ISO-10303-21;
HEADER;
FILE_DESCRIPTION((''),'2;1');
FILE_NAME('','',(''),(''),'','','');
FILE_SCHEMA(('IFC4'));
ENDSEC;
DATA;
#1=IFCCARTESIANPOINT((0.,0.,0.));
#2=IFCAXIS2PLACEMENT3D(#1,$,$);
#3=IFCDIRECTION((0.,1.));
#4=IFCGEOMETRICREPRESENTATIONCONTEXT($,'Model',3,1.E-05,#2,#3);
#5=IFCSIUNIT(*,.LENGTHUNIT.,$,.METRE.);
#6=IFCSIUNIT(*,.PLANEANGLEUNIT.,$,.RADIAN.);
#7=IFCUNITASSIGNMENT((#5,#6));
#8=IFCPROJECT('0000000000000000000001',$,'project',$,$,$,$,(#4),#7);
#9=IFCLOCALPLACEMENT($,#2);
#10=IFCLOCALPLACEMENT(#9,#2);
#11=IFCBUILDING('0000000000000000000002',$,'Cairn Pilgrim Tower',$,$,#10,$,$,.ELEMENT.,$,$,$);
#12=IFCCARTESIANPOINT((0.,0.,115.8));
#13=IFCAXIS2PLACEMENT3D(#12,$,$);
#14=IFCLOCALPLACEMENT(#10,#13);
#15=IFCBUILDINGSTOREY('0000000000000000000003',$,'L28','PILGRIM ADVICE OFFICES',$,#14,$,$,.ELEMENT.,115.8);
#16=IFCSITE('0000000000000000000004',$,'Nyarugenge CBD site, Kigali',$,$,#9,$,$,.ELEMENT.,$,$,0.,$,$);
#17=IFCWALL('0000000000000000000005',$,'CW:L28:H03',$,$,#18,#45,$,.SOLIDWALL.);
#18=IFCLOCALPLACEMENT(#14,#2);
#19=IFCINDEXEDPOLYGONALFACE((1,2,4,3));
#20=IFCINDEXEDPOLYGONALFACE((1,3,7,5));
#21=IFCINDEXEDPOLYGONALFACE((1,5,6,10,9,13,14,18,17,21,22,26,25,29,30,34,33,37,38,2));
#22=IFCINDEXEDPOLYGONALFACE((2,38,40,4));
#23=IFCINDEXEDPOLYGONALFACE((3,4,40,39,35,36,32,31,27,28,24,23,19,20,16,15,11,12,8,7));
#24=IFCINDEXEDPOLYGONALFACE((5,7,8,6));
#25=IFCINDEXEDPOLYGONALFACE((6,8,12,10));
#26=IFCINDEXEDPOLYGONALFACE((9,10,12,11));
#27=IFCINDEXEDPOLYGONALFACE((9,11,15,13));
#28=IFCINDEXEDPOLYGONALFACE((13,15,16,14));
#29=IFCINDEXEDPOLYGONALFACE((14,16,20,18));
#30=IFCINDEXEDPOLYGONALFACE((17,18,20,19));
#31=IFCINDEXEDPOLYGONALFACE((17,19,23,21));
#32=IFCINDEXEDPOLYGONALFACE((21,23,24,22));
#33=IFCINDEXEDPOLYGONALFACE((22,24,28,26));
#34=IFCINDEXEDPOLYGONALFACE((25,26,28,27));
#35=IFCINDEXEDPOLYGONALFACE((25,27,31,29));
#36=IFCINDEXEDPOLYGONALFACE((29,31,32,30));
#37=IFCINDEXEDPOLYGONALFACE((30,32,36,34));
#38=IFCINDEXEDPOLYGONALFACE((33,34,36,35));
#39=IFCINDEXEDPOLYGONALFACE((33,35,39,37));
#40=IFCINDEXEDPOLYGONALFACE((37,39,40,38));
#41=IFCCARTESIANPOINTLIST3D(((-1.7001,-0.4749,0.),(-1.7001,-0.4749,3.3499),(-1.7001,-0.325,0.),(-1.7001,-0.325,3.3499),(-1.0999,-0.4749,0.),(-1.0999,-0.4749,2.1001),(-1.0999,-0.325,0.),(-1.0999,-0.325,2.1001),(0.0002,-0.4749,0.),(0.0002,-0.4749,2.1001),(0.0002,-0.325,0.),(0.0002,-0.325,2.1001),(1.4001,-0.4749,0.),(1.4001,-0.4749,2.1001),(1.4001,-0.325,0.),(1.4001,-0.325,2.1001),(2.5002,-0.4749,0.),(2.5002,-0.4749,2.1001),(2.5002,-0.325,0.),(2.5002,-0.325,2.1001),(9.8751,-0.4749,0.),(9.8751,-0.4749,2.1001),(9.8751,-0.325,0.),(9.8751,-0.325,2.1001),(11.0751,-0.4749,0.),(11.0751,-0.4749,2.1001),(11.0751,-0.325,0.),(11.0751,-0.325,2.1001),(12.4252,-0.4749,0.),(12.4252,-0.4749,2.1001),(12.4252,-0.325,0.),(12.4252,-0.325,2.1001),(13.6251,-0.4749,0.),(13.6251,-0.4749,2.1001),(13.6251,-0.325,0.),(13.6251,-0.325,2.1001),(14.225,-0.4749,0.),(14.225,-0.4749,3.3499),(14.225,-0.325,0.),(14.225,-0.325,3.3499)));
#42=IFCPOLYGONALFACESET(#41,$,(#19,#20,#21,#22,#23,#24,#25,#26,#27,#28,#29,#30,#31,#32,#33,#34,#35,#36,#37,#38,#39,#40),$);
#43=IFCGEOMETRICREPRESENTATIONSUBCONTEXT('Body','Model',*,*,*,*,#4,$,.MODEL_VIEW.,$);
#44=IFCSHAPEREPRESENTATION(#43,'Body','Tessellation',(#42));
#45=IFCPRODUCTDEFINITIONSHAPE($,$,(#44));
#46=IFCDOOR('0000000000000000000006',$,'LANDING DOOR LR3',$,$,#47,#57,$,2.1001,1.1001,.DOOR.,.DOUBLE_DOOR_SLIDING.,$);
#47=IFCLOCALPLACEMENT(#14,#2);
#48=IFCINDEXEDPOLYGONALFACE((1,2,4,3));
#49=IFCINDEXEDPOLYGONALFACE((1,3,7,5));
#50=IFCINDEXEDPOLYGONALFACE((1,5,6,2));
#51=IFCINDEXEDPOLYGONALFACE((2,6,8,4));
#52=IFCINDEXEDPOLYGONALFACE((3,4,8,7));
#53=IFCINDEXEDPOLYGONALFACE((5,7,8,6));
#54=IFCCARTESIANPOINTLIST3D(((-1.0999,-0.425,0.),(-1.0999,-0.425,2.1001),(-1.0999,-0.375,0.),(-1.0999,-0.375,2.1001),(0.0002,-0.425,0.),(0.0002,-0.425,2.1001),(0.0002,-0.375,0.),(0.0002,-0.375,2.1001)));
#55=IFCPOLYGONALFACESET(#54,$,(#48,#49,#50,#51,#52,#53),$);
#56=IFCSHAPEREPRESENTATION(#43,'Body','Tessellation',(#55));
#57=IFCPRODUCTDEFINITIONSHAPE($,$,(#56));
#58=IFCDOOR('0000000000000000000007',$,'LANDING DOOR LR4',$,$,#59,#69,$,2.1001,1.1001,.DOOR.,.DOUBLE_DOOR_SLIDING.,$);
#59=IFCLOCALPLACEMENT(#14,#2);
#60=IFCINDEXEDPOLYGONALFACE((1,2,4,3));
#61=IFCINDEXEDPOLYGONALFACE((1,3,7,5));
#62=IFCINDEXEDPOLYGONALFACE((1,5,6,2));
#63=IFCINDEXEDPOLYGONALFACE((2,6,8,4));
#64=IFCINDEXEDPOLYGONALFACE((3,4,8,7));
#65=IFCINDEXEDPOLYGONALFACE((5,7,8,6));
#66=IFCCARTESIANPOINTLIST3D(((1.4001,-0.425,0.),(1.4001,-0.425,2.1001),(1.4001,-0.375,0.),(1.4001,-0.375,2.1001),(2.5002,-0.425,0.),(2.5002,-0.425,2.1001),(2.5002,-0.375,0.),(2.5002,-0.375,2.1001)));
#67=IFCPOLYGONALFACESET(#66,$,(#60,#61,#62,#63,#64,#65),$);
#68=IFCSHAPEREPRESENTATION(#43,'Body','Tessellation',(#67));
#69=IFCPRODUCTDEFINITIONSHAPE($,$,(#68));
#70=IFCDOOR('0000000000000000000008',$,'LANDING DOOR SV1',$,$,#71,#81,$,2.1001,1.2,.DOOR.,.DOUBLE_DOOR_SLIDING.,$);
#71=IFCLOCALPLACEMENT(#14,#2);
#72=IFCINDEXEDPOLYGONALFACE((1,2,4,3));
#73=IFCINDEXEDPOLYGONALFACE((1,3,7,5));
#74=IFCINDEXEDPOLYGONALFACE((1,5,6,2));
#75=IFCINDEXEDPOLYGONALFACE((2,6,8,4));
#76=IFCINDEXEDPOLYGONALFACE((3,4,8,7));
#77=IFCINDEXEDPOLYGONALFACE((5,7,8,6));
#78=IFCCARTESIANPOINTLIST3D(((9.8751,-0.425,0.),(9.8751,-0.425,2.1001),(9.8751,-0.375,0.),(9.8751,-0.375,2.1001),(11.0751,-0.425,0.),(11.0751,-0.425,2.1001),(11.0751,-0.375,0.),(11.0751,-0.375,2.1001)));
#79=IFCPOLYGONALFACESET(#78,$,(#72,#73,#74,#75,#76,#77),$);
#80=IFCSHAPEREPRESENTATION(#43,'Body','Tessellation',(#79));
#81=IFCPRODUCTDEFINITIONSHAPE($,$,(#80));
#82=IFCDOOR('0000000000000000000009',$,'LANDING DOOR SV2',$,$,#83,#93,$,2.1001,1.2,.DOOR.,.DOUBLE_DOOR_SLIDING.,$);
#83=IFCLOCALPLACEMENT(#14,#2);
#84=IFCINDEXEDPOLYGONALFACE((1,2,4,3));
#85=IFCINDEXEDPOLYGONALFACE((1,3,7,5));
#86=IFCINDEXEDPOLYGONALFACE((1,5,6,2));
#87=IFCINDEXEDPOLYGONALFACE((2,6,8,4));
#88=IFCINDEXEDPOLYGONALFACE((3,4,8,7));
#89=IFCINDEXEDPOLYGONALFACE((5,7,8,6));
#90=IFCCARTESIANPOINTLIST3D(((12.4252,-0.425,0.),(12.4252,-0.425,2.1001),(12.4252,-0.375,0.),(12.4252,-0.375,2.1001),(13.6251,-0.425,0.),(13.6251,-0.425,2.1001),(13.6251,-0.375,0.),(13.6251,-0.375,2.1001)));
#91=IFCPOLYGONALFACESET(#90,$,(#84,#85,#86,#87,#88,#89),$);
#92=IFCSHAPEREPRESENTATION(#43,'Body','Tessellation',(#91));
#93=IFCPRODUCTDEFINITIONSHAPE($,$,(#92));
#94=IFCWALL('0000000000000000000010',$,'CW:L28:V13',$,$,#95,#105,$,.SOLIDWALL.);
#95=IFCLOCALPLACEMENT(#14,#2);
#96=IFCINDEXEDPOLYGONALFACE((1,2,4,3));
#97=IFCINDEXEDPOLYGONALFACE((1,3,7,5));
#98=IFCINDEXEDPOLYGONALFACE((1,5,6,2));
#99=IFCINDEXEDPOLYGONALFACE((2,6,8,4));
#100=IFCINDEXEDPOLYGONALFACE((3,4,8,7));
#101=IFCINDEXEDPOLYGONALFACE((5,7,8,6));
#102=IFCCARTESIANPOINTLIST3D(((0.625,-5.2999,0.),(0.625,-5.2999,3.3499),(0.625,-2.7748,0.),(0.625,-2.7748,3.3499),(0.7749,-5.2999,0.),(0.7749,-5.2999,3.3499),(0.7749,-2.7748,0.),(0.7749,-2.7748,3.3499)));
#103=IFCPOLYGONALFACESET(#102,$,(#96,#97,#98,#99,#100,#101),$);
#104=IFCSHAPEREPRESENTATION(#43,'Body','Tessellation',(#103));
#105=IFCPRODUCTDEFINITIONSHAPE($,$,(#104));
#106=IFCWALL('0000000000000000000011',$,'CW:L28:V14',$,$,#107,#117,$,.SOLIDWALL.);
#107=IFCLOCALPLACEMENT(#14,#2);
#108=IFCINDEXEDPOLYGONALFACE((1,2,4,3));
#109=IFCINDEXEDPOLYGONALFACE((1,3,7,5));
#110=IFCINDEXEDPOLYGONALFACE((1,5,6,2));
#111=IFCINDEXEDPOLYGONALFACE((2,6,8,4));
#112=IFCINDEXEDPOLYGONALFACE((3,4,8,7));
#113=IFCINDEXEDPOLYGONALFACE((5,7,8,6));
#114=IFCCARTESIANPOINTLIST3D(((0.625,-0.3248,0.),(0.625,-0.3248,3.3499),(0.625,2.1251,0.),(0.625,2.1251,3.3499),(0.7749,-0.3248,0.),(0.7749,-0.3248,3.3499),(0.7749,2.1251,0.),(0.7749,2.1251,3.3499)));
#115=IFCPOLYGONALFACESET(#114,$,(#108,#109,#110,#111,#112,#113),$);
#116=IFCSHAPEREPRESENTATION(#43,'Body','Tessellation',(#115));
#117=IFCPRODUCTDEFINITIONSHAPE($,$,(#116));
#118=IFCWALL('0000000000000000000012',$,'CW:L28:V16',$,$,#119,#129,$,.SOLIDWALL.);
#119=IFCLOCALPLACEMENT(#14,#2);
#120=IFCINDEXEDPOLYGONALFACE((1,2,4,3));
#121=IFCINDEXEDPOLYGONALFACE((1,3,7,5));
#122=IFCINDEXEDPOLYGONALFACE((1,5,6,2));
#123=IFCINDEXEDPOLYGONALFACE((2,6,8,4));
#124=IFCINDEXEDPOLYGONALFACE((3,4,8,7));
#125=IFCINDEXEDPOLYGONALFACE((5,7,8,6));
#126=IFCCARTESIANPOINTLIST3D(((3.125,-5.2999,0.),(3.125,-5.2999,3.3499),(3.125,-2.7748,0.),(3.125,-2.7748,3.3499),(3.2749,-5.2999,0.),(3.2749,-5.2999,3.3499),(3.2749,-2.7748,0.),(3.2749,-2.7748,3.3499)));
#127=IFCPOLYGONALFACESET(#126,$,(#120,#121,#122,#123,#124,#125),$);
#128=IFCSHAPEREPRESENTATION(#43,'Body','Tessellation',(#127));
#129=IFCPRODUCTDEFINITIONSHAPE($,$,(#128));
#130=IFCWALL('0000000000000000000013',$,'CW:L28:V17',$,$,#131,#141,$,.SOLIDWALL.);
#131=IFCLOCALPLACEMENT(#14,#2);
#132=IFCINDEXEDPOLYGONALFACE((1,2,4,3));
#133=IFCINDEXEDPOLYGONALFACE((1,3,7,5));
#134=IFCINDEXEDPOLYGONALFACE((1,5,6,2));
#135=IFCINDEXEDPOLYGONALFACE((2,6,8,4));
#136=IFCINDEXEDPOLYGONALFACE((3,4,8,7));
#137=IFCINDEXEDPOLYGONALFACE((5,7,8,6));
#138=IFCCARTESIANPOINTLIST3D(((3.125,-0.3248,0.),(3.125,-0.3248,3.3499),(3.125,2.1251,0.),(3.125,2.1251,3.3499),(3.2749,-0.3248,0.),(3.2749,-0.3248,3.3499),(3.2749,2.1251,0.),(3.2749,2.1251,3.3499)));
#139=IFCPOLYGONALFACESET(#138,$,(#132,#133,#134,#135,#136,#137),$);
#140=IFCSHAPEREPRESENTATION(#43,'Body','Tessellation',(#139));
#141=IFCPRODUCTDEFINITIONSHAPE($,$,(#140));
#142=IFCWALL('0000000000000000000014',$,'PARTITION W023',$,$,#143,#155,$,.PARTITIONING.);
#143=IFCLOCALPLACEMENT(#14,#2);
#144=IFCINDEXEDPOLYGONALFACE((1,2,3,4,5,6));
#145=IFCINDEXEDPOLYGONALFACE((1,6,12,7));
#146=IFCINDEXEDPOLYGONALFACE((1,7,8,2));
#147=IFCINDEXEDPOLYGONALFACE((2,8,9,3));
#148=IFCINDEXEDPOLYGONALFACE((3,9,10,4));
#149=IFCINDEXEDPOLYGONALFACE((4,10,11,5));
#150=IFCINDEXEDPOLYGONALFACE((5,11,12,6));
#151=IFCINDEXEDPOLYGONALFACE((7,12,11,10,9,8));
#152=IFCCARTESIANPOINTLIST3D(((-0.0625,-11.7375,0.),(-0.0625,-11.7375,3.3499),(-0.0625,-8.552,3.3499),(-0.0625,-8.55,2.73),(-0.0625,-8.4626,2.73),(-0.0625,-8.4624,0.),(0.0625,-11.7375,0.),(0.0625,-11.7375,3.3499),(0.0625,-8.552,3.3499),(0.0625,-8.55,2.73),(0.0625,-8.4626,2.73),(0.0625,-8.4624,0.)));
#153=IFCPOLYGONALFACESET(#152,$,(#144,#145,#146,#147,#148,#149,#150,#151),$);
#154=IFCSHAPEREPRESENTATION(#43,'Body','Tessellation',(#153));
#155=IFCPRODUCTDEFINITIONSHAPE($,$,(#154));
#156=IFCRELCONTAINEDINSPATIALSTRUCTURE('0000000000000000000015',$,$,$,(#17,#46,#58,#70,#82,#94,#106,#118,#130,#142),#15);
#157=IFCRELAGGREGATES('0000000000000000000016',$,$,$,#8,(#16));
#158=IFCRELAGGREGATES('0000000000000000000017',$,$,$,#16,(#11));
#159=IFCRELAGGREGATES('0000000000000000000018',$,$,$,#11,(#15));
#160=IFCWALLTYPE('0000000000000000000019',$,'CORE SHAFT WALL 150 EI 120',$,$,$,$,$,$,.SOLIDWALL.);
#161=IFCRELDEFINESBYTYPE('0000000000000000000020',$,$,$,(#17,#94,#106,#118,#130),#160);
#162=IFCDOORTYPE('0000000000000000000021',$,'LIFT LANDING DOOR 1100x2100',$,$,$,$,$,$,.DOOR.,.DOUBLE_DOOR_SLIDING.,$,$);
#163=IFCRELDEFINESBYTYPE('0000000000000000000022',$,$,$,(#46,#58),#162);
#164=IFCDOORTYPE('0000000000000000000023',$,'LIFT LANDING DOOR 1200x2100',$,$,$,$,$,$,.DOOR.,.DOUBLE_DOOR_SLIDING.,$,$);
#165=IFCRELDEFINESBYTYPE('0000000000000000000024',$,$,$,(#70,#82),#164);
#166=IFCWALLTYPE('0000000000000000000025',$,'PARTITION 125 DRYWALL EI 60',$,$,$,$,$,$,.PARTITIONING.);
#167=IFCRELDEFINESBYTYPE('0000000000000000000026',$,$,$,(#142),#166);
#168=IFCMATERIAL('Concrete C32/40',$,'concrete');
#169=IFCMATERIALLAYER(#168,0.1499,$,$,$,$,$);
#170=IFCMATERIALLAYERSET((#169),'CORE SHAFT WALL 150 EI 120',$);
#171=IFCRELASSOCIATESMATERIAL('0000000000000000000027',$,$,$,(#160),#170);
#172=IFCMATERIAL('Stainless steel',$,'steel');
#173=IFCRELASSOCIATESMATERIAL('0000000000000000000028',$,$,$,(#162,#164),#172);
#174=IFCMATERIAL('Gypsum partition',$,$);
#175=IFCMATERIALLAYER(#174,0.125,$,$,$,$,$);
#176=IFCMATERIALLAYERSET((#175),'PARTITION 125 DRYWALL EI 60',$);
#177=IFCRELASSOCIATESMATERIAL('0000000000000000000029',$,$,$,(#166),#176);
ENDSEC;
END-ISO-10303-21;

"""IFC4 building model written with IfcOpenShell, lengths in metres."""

from ifc_helpers import new_model, si_unit, direction, frame, frame_2d, origin, place, context, subcontext, project, spatial, polyline, rectangle, outline, extrude, material, layer, layer_set, type_object, element, fill, save


model = new_model("IFC4")

# Units and contexts
model_context = context("Model", 3, precision=1e-05, world=origin(), true_north=direction((0.0, 1.0)))
body_context = subcontext(model_context, "Body", "Model", "MODEL_VIEW")
ifc_project = project(units=[si_unit("LENGTHUNIT", "METRE"), si_unit("PLANEANGLEUNIT", "RADIAN")], contexts=[model_context])

# Site, building, storey
site_placement = place(None, origin())
site = spatial("IfcSite", under=ifc_project, at=site_placement, Name="Nyarugenge CBD site, Kigali", CompositionType="ELEMENT", RefElevation=0.0)
building_placement = place(site_placement, origin())
building = spatial("IfcBuilding", under=site, at=building_placement, Name="Cairn Pilgrim Tower", CompositionType="ELEMENT")
storey_placement = place(building_placement, frame((0.0, 0.0, 115.8)))
storey = spatial("IfcBuildingStorey", under=building, at=storey_placement, Name="L28", Description="PILGRIM ADVICE OFFICES", CompositionType="ELEMENT", Elevation=115.8)

# Shared definitions
ifc_material_1 = material(Name="Concrete C32/40", Category="concrete")

# Wall, openings, doors
ifc_layer_1 = layer(ifc_material_1, 0.1499)
ifc_layer_set_1 = layer_set([ifc_layer_1], Name="CORE SHAFT WALL 150 EI 120")
wall_type_1 = type_object("IfcWallType", Name="CORE SHAFT WALL 150 EI 120", PredefinedType="SOLIDWALL", material=ifc_layer_set_1)
ifc_material_2 = material(Name="Stainless steel", Category="steel")
door_type_1 = type_object("IfcDoorType", Name="LIFT LANDING DOOR 1100x2100", OperationType="DOUBLE_DOOR_SLIDING", PredefinedType="DOOR", material=ifc_material_2)
wall_1_placement = place(storey_placement, frame((-1.7, -0.3999, 0.0), z_axis=(0.0, 0.0, 1.0), x_axis=(1.0, 0.0, 0.0)))
wall_1 = element("IfcWall", 1, at=wall_1_placement, inside=storey, type_object=wall_type_1, Name="CW:L28:H03", PredefinedType="SOLIDWALL", context=body_context, shape_type="SweptSolid", body=[
    extrude(rectangle(XDim=15.925, YDim=0.1499, at=frame_2d((7.9624, 0.0))), origin(), (0.0, 0.0, 1.0), 3.3499),
])
opening_1_placement = place(wall_1_placement, frame((0.6001, 0.0, 0.0)))
opening_1 = element("IfcOpeningElement", 2, at=opening_1_placement, cuts=wall_1, PredefinedType="OPENING", context=body_context, shape_type="SweptSolid", body=[
    extrude(rectangle(XDim=1.1001, YDim=2.1001, at=frame_2d((0.55, 1.05))), frame((0.0, 0.085, 0.0), z_axis=(0.0, -1.0, 0.0), x_axis=(1.0, 0.0, 0.0)), (0.0, 0.0, 1.0), 0.1699),
])
opening_2_placement = place(wall_1_placement, frame((3.1001, 0.0, 0.0)))
opening_2 = element("IfcOpeningElement", 3, at=opening_2_placement, cuts=wall_1, PredefinedType="OPENING", context=body_context, shape_type="SweptSolid", body=[
    extrude(rectangle(XDim=1.1001, YDim=2.1001, at=frame_2d((0.55, 1.05))), frame((0.0, 0.085, 0.0), z_axis=(0.0, -1.0, 0.0), x_axis=(1.0, 0.0, 0.0)), (0.0, 0.0, 1.0), 0.1699),
])
opening_3_placement = place(wall_1_placement, frame((11.575, 0.0, 0.0)))
opening_3 = element("IfcOpeningElement", 4, at=opening_3_placement, cuts=wall_1, PredefinedType="OPENING", context=body_context, shape_type="SweptSolid", body=[
    extrude(rectangle(XDim=1.2, YDim=2.1001, at=frame_2d((0.6001, 1.05))), frame((0.0, 0.085, 0.0), z_axis=(0.0, -1.0, 0.0), x_axis=(1.0, 0.0, 0.0)), (0.0, 0.0, 1.0), 0.1699),
])
opening_4_placement = place(wall_1_placement, frame((14.125, 0.0, 0.0)))
opening_4 = element("IfcOpeningElement", 5, at=opening_4_placement, cuts=wall_1, PredefinedType="OPENING", context=body_context, shape_type="SweptSolid", body=[
    extrude(rectangle(XDim=1.2, YDim=2.1001, at=frame_2d((0.6001, 1.05))), frame((0.0, 0.085, 0.0), z_axis=(0.0, -1.0, 0.0), x_axis=(1.0, 0.0, 0.0)), (0.0, 0.0, 1.0), 0.1699),
])
door_1_placement = place(opening_1_placement, origin())
door_1 = element("IfcDoor", 6, at=door_1_placement, inside=storey, type_object=door_type_1, Name="LANDING DOOR LR3", OperationType="DOUBLE_DOOR_SLIDING", OverallHeight=2.1001, OverallWidth=1.1001, PredefinedType="DOOR", context=body_context, shape_type="SweptSolid", body=[
    extrude(rectangle(XDim=1.1001, YDim=2.1001, at=frame_2d((0.55, 1.05))), frame((0.0, 0.0249, 0.0), z_axis=(0.0, -1.0, 0.0), x_axis=(1.0, 0.0, 0.0)), (0.0, 0.0, 1.0), 0.05),
])
fill(opening_1, door_1)
door_2_placement = place(opening_2_placement, origin())
door_2 = element("IfcDoor", 7, at=door_2_placement, inside=storey, type_object=door_type_1, Name="LANDING DOOR LR4", OperationType="DOUBLE_DOOR_SLIDING", OverallHeight=2.1001, OverallWidth=1.1001, PredefinedType="DOOR", context=body_context, shape_type="SweptSolid", body=[
    extrude(rectangle(XDim=1.1001, YDim=2.1001, at=frame_2d((0.55, 1.05))), frame((0.0, 0.0249, 0.0), z_axis=(0.0, -1.0, 0.0), x_axis=(1.0, 0.0, 0.0)), (0.0, 0.0, 1.0), 0.05),
])
fill(opening_2, door_2)
door_type_2 = type_object("IfcDoorType", Name="LIFT LANDING DOOR 1200x2100", OperationType="DOUBLE_DOOR_SLIDING", PredefinedType="DOOR", material=ifc_material_2)
door_3_placement = place(opening_3_placement, origin())
door_3 = element("IfcDoor", 8, at=door_3_placement, inside=storey, type_object=door_type_2, Name="LANDING DOOR SV1", OperationType="DOUBLE_DOOR_SLIDING", OverallHeight=2.1001, OverallWidth=1.2, PredefinedType="DOOR", context=body_context, shape_type="SweptSolid", body=[
    extrude(rectangle(XDim=1.2, YDim=2.1001, at=frame_2d((0.6001, 1.05))), frame((0.0, 0.0249, 0.0), z_axis=(0.0, -1.0, 0.0), x_axis=(1.0, 0.0, 0.0)), (0.0, 0.0, 1.0), 0.05),
])
fill(opening_3, door_3)
door_4_placement = place(opening_4_placement, origin())
door_4 = element("IfcDoor", 9, at=door_4_placement, inside=storey, type_object=door_type_2, Name="LANDING DOOR SV2", OperationType="DOUBLE_DOOR_SLIDING", OverallHeight=2.1001, OverallWidth=1.2, PredefinedType="DOOR", context=body_context, shape_type="SweptSolid", body=[
    extrude(rectangle(XDim=1.2, YDim=2.1001, at=frame_2d((0.6001, 1.05))), frame((0.0, 0.0249, 0.0), z_axis=(0.0, -1.0, 0.0), x_axis=(1.0, 0.0, 0.0)), (0.0, 0.0, 1.0), 0.05),
])
fill(opening_4, door_4)

# Walls
wall_2_placement = place(storey_placement, frame((0.7, -5.3, 0.0), z_axis=(0.0, 0.0, 1.0), x_axis=(0.0, 1.0, 0.0)))
element("IfcWall", 10, at=wall_2_placement, inside=storey, type_object=wall_type_1, Name="CW:L28:V13", PredefinedType="SOLIDWALL", context=body_context, shape_type="SweptSolid", body=[
    extrude(rectangle(XDim=2.5251, YDim=0.1499, at=frame_2d((1.2627, 0.0))), origin(), (0.0, 0.0, 1.0), 3.3499),
])
wall_3_placement = place(storey_placement, frame((0.7, -0.325, 0.0), z_axis=(0.0, 0.0, 1.0), x_axis=(0.0, 1.0, 0.0)))
element("IfcWall", 11, at=wall_3_placement, inside=storey, type_object=wall_type_1, Name="CW:L28:V14", PredefinedType="SOLIDWALL", context=body_context, shape_type="SweptSolid", body=[
    extrude(rectangle(XDim=2.45, YDim=0.1499, at=frame_2d((1.2251, 0.0))), origin(), (0.0, 0.0, 1.0), 3.3499),
])
wall_4_placement = place(storey_placement, frame((3.2, -5.3, 0.0), z_axis=(0.0, 0.0, 1.0), x_axis=(0.0, 1.0, 0.0)))
element("IfcWall", 12, at=wall_4_placement, inside=storey, type_object=wall_type_1, Name="CW:L28:V16", PredefinedType="SOLIDWALL", context=body_context, shape_type="SweptSolid", body=[
    extrude(rectangle(XDim=2.5251, YDim=0.1499, at=frame_2d((1.2627, 0.0))), origin(), (0.0, 0.0, 1.0), 3.3499),
])
wall_5_placement = place(storey_placement, frame((3.2, -0.325, 0.0), z_axis=(0.0, 0.0, 1.0), x_axis=(0.0, 1.0, 0.0)))
element("IfcWall", 13, at=wall_5_placement, inside=storey, type_object=wall_type_1, Name="CW:L28:V17", PredefinedType="SOLIDWALL", context=body_context, shape_type="SweptSolid", body=[
    extrude(rectangle(XDim=2.45, YDim=0.1499, at=frame_2d((1.2251, 0.0))), origin(), (0.0, 0.0, 1.0), 3.3499),
])
ifc_material_3 = material(Name="Gypsum partition")
ifc_layer_2 = layer(ifc_material_3, 0.125)
ifc_layer_set_2 = layer_set([ifc_layer_2], Name="PARTITION 125 DRYWALL EI 60")
wall_type_2 = type_object("IfcWallType", Name="PARTITION 125 DRYWALL EI 60", PredefinedType="PARTITIONING", material=ifc_layer_set_2)
wall_6_placement = place(storey_placement, frame((0.0, -11.7375, 0.0), z_axis=(0.0, 0.0, 1.0), x_axis=(0.0, 1.0, 0.0)))
element("IfcWall", 14, at=wall_6_placement, inside=storey, type_object=wall_type_2, Name="PARTITION W023", PredefinedType="PARTITIONING", context=body_context, shape_type="SweptSolid", body=[
    extrude(outline(polyline([(0.0, 0.0), (3.2751, 0.0), (3.2749, 2.73), (3.1875, 2.73), (3.1855, 3.3499), (0.0, 3.3499), (0.0, 0.0)])), frame((0.0, 0.0625, 0.0), z_axis=(0.0, -1.0, 0.0), x_axis=(1.0, 0.0, 0.0)), (0.0, 0.0, 1.0), 0.125),
])

save(model, "model.ifc")
